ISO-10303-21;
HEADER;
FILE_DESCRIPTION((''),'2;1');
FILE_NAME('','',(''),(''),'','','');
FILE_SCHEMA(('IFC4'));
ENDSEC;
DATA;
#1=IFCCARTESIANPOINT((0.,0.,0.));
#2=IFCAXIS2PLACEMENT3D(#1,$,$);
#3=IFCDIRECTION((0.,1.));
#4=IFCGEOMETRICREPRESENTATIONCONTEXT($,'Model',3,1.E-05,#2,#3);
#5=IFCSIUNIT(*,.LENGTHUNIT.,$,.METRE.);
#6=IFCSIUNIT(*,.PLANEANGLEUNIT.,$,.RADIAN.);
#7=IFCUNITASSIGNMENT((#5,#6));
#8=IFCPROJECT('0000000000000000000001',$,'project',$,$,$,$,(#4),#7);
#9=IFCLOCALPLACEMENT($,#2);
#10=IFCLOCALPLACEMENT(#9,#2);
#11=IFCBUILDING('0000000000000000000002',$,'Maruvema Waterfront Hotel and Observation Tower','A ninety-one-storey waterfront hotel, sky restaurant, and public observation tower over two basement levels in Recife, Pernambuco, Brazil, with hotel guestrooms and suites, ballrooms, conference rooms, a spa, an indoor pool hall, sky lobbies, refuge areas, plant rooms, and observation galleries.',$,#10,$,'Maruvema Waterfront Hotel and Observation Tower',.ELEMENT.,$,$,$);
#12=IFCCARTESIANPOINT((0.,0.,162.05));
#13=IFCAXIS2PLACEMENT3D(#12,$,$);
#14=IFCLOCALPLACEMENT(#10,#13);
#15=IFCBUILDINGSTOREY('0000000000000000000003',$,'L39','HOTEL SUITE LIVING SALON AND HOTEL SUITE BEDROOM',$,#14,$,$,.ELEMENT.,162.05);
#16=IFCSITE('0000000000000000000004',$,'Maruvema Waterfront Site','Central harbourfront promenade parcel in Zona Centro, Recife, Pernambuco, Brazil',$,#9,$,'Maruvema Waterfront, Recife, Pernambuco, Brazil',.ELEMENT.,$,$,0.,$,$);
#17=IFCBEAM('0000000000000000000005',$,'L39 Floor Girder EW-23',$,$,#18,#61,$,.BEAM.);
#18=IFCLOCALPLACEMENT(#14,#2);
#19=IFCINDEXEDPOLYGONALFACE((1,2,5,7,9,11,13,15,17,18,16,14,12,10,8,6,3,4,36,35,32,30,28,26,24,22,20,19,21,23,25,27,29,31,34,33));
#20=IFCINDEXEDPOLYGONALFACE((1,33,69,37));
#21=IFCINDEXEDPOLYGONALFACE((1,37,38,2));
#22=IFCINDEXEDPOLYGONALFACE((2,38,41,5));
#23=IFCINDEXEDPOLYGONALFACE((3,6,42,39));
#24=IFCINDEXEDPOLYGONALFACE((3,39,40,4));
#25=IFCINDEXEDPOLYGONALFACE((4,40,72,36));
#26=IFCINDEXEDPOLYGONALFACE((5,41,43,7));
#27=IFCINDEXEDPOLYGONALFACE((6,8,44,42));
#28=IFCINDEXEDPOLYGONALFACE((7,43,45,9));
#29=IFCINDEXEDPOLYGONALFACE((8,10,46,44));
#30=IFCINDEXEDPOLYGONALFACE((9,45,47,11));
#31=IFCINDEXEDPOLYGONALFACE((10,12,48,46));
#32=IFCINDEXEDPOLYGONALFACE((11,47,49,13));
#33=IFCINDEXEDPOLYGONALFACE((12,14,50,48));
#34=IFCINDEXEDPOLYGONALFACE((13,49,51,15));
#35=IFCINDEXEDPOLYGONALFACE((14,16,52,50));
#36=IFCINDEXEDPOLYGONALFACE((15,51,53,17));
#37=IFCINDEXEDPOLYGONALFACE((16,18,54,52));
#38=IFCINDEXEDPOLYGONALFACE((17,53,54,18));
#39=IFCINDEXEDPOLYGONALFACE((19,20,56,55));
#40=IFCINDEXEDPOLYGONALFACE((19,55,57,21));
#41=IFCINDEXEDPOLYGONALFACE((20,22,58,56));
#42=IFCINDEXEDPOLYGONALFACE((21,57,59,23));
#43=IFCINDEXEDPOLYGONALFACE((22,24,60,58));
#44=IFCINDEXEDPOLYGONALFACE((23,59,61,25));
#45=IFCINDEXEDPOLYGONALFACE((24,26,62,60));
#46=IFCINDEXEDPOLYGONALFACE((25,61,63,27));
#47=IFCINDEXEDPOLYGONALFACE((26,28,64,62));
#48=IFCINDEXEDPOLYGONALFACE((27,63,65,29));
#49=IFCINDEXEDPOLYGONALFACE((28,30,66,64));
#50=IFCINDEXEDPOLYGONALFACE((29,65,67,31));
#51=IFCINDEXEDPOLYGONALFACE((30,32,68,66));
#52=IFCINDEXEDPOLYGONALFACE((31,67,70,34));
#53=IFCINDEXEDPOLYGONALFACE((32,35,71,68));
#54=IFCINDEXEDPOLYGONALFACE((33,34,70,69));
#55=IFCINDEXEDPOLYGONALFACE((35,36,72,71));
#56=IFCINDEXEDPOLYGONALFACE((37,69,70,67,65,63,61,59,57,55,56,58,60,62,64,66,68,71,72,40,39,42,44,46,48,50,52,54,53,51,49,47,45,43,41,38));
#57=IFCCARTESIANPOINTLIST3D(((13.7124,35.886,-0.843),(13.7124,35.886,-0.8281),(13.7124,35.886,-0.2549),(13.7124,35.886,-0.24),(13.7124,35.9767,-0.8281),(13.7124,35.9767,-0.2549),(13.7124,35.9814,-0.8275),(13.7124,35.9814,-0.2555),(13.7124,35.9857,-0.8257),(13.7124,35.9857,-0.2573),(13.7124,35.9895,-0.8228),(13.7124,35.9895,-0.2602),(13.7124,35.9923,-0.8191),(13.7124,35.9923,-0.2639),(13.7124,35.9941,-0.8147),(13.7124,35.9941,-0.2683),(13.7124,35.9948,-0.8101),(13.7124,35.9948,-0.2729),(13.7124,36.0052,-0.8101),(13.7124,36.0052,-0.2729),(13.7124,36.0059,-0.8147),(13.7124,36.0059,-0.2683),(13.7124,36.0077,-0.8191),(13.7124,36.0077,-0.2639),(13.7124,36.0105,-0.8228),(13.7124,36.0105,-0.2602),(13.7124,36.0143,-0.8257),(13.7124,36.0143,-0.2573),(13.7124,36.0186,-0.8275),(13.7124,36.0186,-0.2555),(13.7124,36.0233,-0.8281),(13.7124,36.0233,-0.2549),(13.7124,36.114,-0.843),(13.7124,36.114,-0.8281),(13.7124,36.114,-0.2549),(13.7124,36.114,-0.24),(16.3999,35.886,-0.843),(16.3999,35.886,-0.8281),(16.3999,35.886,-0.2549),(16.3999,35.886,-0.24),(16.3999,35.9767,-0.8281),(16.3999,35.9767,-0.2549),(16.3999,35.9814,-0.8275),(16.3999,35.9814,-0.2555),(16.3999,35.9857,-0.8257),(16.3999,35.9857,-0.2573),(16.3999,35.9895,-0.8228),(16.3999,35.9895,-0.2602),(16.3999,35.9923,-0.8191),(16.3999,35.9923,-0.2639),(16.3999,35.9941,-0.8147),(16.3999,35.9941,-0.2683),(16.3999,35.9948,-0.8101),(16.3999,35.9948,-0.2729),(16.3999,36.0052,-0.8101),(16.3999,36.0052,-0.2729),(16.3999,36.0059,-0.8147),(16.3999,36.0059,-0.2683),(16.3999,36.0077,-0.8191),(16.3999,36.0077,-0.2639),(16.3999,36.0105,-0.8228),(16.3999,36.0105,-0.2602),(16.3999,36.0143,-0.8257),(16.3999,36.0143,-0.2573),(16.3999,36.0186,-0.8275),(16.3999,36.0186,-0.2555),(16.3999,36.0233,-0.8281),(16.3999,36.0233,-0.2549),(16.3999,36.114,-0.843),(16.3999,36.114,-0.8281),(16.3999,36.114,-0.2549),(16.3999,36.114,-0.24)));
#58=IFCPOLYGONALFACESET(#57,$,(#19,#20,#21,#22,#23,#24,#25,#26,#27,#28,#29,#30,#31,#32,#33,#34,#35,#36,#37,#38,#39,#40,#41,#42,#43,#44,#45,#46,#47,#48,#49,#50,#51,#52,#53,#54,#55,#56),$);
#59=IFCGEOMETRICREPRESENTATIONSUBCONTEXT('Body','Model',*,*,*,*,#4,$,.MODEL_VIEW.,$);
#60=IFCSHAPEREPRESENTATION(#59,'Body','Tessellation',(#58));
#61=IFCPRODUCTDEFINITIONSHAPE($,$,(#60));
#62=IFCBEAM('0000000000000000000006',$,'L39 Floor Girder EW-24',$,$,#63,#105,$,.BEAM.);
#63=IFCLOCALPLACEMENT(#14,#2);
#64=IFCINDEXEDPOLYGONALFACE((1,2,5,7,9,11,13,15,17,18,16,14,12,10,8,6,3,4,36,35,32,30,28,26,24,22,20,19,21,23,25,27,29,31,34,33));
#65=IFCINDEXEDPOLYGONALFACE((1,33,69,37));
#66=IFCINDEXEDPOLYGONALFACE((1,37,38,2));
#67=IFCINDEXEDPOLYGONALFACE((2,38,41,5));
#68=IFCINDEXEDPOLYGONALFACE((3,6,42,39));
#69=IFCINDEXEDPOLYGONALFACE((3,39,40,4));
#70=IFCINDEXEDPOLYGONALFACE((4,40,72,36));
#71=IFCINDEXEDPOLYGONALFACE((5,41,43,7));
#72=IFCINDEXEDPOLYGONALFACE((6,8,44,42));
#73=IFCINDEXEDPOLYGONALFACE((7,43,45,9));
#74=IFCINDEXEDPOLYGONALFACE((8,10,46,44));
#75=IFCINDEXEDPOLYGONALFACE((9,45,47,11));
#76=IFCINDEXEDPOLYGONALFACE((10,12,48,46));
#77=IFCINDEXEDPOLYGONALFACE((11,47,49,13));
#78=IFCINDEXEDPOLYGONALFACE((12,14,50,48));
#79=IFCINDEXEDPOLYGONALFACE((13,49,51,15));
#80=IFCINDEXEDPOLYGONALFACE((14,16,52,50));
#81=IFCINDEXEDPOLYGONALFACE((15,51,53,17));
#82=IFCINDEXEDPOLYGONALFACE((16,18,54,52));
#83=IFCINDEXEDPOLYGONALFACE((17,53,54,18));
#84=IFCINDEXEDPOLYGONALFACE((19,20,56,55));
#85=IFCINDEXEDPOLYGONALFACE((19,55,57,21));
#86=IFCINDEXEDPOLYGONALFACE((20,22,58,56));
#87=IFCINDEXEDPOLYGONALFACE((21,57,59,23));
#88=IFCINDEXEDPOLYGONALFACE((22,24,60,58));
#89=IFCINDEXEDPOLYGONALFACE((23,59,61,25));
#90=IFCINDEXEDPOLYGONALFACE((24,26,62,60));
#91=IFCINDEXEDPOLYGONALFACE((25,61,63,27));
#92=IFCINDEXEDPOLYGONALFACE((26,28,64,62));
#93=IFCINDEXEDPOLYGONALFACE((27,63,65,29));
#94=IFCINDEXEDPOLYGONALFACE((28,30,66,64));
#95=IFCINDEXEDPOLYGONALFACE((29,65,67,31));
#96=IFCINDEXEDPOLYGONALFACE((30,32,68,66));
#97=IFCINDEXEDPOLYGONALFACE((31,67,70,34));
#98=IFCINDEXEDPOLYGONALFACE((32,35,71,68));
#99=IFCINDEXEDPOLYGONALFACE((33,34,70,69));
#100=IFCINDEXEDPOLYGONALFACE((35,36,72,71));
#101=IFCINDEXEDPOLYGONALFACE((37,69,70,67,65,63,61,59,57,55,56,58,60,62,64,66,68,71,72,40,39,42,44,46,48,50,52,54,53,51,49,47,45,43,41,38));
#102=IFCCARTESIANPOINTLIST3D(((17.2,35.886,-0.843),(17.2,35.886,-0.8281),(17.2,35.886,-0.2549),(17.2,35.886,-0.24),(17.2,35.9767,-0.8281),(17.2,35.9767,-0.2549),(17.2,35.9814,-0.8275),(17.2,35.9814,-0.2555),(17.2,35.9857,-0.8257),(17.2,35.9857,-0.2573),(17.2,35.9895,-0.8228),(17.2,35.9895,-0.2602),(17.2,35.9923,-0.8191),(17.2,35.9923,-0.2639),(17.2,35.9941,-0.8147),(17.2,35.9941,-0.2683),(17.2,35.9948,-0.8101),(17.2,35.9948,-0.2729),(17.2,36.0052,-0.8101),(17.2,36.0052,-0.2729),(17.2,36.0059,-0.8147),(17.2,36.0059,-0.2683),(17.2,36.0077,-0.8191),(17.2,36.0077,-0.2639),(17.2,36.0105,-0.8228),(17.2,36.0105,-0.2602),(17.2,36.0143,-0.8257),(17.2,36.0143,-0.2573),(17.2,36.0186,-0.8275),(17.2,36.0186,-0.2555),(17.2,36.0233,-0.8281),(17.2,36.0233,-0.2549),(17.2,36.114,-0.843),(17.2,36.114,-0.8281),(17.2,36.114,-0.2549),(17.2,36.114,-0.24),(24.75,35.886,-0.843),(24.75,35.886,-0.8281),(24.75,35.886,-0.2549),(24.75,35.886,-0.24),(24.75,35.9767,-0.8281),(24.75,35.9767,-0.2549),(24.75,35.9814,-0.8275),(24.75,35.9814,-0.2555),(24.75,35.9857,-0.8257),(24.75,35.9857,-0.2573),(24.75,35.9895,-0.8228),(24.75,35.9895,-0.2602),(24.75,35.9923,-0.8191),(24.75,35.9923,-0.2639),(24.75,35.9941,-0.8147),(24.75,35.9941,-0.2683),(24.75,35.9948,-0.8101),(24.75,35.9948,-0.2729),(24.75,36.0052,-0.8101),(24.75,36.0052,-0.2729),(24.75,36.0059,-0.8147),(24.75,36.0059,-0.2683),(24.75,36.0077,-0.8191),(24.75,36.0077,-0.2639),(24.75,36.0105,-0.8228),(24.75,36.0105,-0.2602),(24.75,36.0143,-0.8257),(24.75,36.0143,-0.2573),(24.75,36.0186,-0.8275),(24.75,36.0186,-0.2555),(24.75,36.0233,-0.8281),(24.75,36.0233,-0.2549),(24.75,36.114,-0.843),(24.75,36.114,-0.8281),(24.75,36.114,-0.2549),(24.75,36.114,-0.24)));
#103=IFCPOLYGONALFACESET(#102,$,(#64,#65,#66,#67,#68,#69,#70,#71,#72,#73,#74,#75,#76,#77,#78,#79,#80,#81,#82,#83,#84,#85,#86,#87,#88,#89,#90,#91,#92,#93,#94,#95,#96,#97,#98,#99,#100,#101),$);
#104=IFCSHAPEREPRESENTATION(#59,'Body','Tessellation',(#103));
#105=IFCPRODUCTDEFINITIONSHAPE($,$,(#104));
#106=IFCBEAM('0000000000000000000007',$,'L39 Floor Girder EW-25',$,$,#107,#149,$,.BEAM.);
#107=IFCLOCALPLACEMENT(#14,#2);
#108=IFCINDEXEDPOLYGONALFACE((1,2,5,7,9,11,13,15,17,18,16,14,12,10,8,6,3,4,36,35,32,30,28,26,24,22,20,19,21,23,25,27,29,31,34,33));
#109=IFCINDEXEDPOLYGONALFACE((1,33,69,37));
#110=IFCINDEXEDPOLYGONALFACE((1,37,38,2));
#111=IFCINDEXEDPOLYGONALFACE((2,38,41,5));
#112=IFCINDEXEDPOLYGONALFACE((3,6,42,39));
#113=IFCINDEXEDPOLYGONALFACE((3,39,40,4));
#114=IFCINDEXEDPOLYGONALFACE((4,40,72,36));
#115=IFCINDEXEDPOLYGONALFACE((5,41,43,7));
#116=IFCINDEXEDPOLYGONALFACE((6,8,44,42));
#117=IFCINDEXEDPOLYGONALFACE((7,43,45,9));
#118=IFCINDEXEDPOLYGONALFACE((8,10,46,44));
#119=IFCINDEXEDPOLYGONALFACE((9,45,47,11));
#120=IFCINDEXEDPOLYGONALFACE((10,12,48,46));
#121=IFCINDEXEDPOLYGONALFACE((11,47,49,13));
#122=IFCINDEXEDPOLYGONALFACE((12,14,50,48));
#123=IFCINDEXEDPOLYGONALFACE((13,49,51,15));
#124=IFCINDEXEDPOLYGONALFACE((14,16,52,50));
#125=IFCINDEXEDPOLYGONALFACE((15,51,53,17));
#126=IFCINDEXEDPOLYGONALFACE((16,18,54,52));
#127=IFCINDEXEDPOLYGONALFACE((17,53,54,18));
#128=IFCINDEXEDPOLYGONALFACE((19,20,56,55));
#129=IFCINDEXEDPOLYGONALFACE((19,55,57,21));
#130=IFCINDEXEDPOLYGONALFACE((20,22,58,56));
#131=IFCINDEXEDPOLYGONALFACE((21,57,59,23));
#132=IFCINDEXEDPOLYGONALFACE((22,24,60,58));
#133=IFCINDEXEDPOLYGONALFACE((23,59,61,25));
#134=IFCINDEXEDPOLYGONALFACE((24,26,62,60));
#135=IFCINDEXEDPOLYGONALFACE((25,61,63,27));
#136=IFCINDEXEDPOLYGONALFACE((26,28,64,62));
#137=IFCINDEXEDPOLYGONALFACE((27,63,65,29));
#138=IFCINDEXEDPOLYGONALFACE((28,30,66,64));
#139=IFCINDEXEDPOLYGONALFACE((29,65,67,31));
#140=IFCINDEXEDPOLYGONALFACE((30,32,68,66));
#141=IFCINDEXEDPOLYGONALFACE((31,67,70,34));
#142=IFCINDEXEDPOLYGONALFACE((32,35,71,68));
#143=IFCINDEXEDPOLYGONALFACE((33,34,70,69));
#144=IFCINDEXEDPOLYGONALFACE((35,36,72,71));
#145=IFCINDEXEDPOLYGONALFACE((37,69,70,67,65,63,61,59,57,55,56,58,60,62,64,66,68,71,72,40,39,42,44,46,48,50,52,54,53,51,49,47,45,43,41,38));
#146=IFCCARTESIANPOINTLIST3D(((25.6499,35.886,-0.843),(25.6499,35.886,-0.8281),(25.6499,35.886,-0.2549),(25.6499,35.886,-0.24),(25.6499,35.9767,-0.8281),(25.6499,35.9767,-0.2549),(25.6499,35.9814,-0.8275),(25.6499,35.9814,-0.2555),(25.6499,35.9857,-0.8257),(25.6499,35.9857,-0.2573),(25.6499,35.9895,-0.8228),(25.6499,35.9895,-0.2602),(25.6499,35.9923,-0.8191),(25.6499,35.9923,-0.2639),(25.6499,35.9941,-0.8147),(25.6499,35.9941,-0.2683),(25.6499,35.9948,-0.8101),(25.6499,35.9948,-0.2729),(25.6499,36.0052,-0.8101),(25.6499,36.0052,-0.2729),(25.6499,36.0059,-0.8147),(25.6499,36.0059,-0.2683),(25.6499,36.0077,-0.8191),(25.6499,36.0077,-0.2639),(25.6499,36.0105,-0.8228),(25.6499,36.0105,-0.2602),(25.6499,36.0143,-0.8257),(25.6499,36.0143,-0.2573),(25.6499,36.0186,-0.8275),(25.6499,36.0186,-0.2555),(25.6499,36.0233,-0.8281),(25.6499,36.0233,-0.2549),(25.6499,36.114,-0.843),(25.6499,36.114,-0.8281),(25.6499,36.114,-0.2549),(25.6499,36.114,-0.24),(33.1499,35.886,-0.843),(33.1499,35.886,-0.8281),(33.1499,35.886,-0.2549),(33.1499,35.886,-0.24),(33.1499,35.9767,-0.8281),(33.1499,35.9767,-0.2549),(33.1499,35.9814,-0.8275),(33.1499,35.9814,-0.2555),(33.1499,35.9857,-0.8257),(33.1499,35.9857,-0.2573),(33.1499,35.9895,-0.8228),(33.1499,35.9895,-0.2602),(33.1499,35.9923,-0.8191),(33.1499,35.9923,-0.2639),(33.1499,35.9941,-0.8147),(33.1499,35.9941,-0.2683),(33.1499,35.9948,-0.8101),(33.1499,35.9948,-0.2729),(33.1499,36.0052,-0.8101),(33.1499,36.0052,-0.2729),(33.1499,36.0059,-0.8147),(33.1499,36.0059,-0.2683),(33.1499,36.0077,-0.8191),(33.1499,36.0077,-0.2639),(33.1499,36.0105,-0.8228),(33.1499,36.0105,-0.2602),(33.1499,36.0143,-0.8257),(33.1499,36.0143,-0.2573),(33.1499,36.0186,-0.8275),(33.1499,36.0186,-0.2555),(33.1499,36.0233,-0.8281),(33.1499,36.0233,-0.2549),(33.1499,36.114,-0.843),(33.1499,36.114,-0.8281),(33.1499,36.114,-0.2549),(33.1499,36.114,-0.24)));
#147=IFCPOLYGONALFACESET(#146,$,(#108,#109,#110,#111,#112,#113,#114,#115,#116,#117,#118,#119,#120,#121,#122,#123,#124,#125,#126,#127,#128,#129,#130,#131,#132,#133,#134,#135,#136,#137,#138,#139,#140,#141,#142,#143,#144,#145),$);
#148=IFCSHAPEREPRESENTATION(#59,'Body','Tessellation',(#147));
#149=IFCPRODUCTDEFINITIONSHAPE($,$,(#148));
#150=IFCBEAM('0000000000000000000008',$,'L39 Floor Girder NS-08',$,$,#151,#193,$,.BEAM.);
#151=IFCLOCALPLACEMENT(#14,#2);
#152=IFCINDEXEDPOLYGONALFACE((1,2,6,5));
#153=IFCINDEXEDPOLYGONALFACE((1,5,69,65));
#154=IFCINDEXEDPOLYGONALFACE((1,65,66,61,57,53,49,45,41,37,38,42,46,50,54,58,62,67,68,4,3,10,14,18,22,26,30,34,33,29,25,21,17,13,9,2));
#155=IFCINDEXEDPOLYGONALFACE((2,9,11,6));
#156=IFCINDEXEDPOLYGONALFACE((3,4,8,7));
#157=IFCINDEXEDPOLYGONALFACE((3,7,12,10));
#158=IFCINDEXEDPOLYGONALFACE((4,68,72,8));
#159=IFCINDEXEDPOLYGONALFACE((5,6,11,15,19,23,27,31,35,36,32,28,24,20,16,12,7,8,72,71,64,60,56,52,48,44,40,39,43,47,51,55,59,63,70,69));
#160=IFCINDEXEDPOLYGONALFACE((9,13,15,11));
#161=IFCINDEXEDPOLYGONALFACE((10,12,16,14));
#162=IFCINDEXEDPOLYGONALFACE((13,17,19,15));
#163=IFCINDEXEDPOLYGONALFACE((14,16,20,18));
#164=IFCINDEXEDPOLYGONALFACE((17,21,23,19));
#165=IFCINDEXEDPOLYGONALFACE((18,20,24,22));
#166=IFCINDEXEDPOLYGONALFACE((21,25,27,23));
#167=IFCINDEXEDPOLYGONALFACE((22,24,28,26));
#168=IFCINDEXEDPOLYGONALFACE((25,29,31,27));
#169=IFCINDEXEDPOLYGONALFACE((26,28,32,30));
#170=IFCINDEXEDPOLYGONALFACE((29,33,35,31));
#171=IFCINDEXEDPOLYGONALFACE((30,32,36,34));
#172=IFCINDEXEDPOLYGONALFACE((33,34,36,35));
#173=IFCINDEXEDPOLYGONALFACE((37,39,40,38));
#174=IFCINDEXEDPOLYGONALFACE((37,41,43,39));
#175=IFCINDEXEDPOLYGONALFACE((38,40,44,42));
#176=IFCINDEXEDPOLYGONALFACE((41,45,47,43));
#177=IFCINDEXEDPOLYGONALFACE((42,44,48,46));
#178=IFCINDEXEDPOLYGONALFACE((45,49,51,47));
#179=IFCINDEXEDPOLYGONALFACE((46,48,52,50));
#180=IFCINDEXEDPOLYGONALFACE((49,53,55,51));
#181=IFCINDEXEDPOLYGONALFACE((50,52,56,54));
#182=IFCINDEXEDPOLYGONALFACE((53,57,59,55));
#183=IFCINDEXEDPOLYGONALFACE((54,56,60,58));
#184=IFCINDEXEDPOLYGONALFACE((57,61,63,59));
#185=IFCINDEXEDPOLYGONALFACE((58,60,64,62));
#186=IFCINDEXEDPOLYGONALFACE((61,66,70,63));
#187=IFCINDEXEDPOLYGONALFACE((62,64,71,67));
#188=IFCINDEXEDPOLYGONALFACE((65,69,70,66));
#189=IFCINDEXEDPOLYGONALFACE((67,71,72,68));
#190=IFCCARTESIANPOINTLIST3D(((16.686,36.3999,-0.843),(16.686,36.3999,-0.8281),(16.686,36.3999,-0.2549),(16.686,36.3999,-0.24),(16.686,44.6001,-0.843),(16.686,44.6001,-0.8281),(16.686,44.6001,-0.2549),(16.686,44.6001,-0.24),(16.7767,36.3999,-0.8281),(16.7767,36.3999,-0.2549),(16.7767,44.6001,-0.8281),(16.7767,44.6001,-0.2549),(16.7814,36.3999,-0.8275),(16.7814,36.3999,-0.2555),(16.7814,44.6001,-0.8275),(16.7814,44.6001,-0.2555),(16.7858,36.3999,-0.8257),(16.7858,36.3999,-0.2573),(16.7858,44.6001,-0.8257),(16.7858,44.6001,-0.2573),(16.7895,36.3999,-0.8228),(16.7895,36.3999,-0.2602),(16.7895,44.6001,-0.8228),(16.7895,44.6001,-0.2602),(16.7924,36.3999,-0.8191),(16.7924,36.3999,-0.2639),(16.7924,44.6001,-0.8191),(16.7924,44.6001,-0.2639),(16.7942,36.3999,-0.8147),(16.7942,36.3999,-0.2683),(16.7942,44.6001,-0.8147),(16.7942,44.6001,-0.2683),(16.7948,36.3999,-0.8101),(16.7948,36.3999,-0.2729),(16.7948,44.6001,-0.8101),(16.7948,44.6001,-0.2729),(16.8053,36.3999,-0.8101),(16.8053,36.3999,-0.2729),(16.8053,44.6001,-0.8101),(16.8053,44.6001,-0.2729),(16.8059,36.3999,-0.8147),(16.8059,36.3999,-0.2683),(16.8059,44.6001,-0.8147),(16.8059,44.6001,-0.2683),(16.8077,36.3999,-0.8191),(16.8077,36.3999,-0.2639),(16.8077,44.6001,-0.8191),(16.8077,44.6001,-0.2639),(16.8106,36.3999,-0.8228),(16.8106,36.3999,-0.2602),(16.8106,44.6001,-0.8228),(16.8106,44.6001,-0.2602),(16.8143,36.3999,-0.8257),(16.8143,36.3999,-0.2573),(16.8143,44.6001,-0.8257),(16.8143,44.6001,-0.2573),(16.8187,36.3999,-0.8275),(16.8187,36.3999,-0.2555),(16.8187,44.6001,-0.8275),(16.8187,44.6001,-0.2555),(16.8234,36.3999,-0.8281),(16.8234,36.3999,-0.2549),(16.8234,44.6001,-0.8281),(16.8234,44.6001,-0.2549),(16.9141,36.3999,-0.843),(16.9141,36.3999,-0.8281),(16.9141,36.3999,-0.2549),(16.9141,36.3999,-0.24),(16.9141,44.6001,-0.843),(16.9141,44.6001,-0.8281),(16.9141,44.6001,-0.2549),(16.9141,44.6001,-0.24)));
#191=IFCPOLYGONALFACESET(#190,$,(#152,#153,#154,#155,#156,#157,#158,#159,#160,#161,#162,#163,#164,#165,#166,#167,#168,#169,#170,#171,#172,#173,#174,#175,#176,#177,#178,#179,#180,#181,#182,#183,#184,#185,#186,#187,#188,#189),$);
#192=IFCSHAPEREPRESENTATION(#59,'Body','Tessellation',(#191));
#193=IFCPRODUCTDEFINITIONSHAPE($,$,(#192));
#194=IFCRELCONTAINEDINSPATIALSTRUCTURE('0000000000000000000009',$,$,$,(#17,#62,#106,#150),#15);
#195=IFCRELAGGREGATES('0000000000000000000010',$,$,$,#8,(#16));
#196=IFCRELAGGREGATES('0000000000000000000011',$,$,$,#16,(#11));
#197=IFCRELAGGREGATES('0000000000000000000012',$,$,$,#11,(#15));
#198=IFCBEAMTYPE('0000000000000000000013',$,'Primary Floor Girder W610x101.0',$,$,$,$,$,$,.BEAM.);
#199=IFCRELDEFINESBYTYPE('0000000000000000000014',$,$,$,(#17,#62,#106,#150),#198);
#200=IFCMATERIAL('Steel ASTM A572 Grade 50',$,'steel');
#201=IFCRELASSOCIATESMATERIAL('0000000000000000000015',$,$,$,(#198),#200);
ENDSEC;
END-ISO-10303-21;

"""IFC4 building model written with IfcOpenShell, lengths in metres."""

from ifc_helpers import new_model, si_unit, direction, frame, origin, origin_2d, place, context, subcontext, project, spatial, i_section, extrude, material, material_profile, profile_set, type_object, element, save


model = new_model("IFC4")

# Units and contexts
model_context = context("Model", 3, precision=1e-05, world=origin(), true_north=direction((0.0, 1.0)))
body_context = subcontext(model_context, "Body", "Model", "MODEL_VIEW")
ifc_project = project(units=[si_unit("LENGTHUNIT", "METRE"), si_unit("PLANEANGLEUNIT", "RADIAN")], contexts=[model_context])

# Site, building, storey
site_placement = place(None, origin())
site = spatial("IfcSite", under=ifc_project, at=site_placement, Name="Maruvema Waterfront Site", Description="Central harbourfront promenade parcel in Zona Centro, Recife, Pernambuco, Brazil", LongName="Maruvema Waterfront, Recife, Pernambuco, Brazil", CompositionType="ELEMENT", RefElevation=0.0)
building_placement = place(site_placement, origin())
building = spatial("IfcBuilding", under=site, at=building_placement, Name="Maruvema Waterfront Hotel and Observation Tower", Description="A ninety-one-storey waterfront hotel, sky restaurant, and public observation tower over two basement levels in Recife, Pernambuco, Brazil, with hotel guestrooms and suites, ballrooms, conference rooms, a spa, an indoor pool hall, sky lobbies, refuge areas, plant rooms, and observation galleries.", LongName="Maruvema Waterfront Hotel and Observation Tower", CompositionType="ELEMENT")
storey_placement = place(building_placement, frame((0.0, 0.0, 162.05)))
storey = spatial("IfcBuildingStorey", under=building, at=storey_placement, Name="L39", Description="HOTEL SUITE LIVING SALON AND HOTEL SUITE BEDROOM", CompositionType="ELEMENT", Elevation=162.05)

# Beams
ifc_material_1 = material(Name="Steel ASTM A572 Grade 50", Category="steel")
ifc_material_profile_1 = material_profile(ifc_material_1, i_section(OverallWidth=0.228, OverallDepth=0.603, WebThickness=0.0105, FlangeThickness=0.0149, FilletRadius=0.0181, at=origin_2d()), Name="W610x101.0")
ifc_profile_set_1 = profile_set([ifc_material_profile_1], Name="Steel ASTM A572 Grade 50")
beam_type_1 = type_object("IfcBeamType", Name="Primary Floor Girder W610x101.0", PredefinedType="BEAM", material=ifc_profile_set_1)
beam_1_placement = place(storey_placement, frame((13.7124, 36.0, -0.5415), z_axis=(1.0, 0.0, 0.0), x_axis=(0.0, 1.0, 0.0)))
element("IfcBeam", 1, at=beam_1_placement, inside=storey, type_object=beam_type_1, Name="L39 Floor Girder EW-23", PredefinedType="BEAM", context=body_context, shape_type="SweptSolid", body=[
    extrude(i_section(OverallWidth=0.228, OverallDepth=0.603, WebThickness=0.0105, FlangeThickness=0.0149, FilletRadius=0.0181, at=origin_2d()), origin(), (0.0, 0.0, 1.0), 2.6875),
])
beam_2_placement = place(storey_placement, frame((17.2, 36.0, -0.5415), z_axis=(1.0, 0.0, 0.0), x_axis=(0.0, 1.0, 0.0)))
element("IfcBeam", 2, at=beam_2_placement, inside=storey, type_object=beam_type_1, Name="L39 Floor Girder EW-24", PredefinedType="BEAM", context=body_context, shape_type="SweptSolid", body=[
    extrude(i_section(OverallWidth=0.228, OverallDepth=0.603, WebThickness=0.0105, FlangeThickness=0.0149, FilletRadius=0.0181, at=origin_2d()), origin(), (0.0, 0.0, 1.0), 7.55),
])
beam_3_placement = place(storey_placement, frame((25.6499, 36.0, -0.5415), z_axis=(1.0, 0.0, 0.0), x_axis=(0.0, 1.0, 0.0)))
element("IfcBeam", 3, at=beam_3_placement, inside=storey, type_object=beam_type_1, Name="L39 Floor Girder EW-25", PredefinedType="BEAM", context=body_context, shape_type="SweptSolid", body=[
    extrude(i_section(OverallWidth=0.228, OverallDepth=0.603, WebThickness=0.0105, FlangeThickness=0.0149, FilletRadius=0.0181, at=origin_2d()), origin(), (0.0, 0.0, 1.0), 7.5),
])
beam_4_placement = place(storey_placement, frame((16.8, 36.3999, -0.5415), z_axis=(0.0, 1.0, 0.0), x_axis=(-1.0, 0.0, 0.0)))
element("IfcBeam", 4, at=beam_4_placement, inside=storey, type_object=beam_type_1, Name="L39 Floor Girder NS-08", PredefinedType="BEAM", context=body_context, shape_type="SweptSolid", body=[
    extrude(i_section(OverallWidth=0.228, OverallDepth=0.603, WebThickness=0.0105, FlangeThickness=0.0149, FilletRadius=0.0181, at=origin_2d()), origin(), (0.0, 0.0, 1.0), 8.2002),
])

save(model, "model.ifc")
